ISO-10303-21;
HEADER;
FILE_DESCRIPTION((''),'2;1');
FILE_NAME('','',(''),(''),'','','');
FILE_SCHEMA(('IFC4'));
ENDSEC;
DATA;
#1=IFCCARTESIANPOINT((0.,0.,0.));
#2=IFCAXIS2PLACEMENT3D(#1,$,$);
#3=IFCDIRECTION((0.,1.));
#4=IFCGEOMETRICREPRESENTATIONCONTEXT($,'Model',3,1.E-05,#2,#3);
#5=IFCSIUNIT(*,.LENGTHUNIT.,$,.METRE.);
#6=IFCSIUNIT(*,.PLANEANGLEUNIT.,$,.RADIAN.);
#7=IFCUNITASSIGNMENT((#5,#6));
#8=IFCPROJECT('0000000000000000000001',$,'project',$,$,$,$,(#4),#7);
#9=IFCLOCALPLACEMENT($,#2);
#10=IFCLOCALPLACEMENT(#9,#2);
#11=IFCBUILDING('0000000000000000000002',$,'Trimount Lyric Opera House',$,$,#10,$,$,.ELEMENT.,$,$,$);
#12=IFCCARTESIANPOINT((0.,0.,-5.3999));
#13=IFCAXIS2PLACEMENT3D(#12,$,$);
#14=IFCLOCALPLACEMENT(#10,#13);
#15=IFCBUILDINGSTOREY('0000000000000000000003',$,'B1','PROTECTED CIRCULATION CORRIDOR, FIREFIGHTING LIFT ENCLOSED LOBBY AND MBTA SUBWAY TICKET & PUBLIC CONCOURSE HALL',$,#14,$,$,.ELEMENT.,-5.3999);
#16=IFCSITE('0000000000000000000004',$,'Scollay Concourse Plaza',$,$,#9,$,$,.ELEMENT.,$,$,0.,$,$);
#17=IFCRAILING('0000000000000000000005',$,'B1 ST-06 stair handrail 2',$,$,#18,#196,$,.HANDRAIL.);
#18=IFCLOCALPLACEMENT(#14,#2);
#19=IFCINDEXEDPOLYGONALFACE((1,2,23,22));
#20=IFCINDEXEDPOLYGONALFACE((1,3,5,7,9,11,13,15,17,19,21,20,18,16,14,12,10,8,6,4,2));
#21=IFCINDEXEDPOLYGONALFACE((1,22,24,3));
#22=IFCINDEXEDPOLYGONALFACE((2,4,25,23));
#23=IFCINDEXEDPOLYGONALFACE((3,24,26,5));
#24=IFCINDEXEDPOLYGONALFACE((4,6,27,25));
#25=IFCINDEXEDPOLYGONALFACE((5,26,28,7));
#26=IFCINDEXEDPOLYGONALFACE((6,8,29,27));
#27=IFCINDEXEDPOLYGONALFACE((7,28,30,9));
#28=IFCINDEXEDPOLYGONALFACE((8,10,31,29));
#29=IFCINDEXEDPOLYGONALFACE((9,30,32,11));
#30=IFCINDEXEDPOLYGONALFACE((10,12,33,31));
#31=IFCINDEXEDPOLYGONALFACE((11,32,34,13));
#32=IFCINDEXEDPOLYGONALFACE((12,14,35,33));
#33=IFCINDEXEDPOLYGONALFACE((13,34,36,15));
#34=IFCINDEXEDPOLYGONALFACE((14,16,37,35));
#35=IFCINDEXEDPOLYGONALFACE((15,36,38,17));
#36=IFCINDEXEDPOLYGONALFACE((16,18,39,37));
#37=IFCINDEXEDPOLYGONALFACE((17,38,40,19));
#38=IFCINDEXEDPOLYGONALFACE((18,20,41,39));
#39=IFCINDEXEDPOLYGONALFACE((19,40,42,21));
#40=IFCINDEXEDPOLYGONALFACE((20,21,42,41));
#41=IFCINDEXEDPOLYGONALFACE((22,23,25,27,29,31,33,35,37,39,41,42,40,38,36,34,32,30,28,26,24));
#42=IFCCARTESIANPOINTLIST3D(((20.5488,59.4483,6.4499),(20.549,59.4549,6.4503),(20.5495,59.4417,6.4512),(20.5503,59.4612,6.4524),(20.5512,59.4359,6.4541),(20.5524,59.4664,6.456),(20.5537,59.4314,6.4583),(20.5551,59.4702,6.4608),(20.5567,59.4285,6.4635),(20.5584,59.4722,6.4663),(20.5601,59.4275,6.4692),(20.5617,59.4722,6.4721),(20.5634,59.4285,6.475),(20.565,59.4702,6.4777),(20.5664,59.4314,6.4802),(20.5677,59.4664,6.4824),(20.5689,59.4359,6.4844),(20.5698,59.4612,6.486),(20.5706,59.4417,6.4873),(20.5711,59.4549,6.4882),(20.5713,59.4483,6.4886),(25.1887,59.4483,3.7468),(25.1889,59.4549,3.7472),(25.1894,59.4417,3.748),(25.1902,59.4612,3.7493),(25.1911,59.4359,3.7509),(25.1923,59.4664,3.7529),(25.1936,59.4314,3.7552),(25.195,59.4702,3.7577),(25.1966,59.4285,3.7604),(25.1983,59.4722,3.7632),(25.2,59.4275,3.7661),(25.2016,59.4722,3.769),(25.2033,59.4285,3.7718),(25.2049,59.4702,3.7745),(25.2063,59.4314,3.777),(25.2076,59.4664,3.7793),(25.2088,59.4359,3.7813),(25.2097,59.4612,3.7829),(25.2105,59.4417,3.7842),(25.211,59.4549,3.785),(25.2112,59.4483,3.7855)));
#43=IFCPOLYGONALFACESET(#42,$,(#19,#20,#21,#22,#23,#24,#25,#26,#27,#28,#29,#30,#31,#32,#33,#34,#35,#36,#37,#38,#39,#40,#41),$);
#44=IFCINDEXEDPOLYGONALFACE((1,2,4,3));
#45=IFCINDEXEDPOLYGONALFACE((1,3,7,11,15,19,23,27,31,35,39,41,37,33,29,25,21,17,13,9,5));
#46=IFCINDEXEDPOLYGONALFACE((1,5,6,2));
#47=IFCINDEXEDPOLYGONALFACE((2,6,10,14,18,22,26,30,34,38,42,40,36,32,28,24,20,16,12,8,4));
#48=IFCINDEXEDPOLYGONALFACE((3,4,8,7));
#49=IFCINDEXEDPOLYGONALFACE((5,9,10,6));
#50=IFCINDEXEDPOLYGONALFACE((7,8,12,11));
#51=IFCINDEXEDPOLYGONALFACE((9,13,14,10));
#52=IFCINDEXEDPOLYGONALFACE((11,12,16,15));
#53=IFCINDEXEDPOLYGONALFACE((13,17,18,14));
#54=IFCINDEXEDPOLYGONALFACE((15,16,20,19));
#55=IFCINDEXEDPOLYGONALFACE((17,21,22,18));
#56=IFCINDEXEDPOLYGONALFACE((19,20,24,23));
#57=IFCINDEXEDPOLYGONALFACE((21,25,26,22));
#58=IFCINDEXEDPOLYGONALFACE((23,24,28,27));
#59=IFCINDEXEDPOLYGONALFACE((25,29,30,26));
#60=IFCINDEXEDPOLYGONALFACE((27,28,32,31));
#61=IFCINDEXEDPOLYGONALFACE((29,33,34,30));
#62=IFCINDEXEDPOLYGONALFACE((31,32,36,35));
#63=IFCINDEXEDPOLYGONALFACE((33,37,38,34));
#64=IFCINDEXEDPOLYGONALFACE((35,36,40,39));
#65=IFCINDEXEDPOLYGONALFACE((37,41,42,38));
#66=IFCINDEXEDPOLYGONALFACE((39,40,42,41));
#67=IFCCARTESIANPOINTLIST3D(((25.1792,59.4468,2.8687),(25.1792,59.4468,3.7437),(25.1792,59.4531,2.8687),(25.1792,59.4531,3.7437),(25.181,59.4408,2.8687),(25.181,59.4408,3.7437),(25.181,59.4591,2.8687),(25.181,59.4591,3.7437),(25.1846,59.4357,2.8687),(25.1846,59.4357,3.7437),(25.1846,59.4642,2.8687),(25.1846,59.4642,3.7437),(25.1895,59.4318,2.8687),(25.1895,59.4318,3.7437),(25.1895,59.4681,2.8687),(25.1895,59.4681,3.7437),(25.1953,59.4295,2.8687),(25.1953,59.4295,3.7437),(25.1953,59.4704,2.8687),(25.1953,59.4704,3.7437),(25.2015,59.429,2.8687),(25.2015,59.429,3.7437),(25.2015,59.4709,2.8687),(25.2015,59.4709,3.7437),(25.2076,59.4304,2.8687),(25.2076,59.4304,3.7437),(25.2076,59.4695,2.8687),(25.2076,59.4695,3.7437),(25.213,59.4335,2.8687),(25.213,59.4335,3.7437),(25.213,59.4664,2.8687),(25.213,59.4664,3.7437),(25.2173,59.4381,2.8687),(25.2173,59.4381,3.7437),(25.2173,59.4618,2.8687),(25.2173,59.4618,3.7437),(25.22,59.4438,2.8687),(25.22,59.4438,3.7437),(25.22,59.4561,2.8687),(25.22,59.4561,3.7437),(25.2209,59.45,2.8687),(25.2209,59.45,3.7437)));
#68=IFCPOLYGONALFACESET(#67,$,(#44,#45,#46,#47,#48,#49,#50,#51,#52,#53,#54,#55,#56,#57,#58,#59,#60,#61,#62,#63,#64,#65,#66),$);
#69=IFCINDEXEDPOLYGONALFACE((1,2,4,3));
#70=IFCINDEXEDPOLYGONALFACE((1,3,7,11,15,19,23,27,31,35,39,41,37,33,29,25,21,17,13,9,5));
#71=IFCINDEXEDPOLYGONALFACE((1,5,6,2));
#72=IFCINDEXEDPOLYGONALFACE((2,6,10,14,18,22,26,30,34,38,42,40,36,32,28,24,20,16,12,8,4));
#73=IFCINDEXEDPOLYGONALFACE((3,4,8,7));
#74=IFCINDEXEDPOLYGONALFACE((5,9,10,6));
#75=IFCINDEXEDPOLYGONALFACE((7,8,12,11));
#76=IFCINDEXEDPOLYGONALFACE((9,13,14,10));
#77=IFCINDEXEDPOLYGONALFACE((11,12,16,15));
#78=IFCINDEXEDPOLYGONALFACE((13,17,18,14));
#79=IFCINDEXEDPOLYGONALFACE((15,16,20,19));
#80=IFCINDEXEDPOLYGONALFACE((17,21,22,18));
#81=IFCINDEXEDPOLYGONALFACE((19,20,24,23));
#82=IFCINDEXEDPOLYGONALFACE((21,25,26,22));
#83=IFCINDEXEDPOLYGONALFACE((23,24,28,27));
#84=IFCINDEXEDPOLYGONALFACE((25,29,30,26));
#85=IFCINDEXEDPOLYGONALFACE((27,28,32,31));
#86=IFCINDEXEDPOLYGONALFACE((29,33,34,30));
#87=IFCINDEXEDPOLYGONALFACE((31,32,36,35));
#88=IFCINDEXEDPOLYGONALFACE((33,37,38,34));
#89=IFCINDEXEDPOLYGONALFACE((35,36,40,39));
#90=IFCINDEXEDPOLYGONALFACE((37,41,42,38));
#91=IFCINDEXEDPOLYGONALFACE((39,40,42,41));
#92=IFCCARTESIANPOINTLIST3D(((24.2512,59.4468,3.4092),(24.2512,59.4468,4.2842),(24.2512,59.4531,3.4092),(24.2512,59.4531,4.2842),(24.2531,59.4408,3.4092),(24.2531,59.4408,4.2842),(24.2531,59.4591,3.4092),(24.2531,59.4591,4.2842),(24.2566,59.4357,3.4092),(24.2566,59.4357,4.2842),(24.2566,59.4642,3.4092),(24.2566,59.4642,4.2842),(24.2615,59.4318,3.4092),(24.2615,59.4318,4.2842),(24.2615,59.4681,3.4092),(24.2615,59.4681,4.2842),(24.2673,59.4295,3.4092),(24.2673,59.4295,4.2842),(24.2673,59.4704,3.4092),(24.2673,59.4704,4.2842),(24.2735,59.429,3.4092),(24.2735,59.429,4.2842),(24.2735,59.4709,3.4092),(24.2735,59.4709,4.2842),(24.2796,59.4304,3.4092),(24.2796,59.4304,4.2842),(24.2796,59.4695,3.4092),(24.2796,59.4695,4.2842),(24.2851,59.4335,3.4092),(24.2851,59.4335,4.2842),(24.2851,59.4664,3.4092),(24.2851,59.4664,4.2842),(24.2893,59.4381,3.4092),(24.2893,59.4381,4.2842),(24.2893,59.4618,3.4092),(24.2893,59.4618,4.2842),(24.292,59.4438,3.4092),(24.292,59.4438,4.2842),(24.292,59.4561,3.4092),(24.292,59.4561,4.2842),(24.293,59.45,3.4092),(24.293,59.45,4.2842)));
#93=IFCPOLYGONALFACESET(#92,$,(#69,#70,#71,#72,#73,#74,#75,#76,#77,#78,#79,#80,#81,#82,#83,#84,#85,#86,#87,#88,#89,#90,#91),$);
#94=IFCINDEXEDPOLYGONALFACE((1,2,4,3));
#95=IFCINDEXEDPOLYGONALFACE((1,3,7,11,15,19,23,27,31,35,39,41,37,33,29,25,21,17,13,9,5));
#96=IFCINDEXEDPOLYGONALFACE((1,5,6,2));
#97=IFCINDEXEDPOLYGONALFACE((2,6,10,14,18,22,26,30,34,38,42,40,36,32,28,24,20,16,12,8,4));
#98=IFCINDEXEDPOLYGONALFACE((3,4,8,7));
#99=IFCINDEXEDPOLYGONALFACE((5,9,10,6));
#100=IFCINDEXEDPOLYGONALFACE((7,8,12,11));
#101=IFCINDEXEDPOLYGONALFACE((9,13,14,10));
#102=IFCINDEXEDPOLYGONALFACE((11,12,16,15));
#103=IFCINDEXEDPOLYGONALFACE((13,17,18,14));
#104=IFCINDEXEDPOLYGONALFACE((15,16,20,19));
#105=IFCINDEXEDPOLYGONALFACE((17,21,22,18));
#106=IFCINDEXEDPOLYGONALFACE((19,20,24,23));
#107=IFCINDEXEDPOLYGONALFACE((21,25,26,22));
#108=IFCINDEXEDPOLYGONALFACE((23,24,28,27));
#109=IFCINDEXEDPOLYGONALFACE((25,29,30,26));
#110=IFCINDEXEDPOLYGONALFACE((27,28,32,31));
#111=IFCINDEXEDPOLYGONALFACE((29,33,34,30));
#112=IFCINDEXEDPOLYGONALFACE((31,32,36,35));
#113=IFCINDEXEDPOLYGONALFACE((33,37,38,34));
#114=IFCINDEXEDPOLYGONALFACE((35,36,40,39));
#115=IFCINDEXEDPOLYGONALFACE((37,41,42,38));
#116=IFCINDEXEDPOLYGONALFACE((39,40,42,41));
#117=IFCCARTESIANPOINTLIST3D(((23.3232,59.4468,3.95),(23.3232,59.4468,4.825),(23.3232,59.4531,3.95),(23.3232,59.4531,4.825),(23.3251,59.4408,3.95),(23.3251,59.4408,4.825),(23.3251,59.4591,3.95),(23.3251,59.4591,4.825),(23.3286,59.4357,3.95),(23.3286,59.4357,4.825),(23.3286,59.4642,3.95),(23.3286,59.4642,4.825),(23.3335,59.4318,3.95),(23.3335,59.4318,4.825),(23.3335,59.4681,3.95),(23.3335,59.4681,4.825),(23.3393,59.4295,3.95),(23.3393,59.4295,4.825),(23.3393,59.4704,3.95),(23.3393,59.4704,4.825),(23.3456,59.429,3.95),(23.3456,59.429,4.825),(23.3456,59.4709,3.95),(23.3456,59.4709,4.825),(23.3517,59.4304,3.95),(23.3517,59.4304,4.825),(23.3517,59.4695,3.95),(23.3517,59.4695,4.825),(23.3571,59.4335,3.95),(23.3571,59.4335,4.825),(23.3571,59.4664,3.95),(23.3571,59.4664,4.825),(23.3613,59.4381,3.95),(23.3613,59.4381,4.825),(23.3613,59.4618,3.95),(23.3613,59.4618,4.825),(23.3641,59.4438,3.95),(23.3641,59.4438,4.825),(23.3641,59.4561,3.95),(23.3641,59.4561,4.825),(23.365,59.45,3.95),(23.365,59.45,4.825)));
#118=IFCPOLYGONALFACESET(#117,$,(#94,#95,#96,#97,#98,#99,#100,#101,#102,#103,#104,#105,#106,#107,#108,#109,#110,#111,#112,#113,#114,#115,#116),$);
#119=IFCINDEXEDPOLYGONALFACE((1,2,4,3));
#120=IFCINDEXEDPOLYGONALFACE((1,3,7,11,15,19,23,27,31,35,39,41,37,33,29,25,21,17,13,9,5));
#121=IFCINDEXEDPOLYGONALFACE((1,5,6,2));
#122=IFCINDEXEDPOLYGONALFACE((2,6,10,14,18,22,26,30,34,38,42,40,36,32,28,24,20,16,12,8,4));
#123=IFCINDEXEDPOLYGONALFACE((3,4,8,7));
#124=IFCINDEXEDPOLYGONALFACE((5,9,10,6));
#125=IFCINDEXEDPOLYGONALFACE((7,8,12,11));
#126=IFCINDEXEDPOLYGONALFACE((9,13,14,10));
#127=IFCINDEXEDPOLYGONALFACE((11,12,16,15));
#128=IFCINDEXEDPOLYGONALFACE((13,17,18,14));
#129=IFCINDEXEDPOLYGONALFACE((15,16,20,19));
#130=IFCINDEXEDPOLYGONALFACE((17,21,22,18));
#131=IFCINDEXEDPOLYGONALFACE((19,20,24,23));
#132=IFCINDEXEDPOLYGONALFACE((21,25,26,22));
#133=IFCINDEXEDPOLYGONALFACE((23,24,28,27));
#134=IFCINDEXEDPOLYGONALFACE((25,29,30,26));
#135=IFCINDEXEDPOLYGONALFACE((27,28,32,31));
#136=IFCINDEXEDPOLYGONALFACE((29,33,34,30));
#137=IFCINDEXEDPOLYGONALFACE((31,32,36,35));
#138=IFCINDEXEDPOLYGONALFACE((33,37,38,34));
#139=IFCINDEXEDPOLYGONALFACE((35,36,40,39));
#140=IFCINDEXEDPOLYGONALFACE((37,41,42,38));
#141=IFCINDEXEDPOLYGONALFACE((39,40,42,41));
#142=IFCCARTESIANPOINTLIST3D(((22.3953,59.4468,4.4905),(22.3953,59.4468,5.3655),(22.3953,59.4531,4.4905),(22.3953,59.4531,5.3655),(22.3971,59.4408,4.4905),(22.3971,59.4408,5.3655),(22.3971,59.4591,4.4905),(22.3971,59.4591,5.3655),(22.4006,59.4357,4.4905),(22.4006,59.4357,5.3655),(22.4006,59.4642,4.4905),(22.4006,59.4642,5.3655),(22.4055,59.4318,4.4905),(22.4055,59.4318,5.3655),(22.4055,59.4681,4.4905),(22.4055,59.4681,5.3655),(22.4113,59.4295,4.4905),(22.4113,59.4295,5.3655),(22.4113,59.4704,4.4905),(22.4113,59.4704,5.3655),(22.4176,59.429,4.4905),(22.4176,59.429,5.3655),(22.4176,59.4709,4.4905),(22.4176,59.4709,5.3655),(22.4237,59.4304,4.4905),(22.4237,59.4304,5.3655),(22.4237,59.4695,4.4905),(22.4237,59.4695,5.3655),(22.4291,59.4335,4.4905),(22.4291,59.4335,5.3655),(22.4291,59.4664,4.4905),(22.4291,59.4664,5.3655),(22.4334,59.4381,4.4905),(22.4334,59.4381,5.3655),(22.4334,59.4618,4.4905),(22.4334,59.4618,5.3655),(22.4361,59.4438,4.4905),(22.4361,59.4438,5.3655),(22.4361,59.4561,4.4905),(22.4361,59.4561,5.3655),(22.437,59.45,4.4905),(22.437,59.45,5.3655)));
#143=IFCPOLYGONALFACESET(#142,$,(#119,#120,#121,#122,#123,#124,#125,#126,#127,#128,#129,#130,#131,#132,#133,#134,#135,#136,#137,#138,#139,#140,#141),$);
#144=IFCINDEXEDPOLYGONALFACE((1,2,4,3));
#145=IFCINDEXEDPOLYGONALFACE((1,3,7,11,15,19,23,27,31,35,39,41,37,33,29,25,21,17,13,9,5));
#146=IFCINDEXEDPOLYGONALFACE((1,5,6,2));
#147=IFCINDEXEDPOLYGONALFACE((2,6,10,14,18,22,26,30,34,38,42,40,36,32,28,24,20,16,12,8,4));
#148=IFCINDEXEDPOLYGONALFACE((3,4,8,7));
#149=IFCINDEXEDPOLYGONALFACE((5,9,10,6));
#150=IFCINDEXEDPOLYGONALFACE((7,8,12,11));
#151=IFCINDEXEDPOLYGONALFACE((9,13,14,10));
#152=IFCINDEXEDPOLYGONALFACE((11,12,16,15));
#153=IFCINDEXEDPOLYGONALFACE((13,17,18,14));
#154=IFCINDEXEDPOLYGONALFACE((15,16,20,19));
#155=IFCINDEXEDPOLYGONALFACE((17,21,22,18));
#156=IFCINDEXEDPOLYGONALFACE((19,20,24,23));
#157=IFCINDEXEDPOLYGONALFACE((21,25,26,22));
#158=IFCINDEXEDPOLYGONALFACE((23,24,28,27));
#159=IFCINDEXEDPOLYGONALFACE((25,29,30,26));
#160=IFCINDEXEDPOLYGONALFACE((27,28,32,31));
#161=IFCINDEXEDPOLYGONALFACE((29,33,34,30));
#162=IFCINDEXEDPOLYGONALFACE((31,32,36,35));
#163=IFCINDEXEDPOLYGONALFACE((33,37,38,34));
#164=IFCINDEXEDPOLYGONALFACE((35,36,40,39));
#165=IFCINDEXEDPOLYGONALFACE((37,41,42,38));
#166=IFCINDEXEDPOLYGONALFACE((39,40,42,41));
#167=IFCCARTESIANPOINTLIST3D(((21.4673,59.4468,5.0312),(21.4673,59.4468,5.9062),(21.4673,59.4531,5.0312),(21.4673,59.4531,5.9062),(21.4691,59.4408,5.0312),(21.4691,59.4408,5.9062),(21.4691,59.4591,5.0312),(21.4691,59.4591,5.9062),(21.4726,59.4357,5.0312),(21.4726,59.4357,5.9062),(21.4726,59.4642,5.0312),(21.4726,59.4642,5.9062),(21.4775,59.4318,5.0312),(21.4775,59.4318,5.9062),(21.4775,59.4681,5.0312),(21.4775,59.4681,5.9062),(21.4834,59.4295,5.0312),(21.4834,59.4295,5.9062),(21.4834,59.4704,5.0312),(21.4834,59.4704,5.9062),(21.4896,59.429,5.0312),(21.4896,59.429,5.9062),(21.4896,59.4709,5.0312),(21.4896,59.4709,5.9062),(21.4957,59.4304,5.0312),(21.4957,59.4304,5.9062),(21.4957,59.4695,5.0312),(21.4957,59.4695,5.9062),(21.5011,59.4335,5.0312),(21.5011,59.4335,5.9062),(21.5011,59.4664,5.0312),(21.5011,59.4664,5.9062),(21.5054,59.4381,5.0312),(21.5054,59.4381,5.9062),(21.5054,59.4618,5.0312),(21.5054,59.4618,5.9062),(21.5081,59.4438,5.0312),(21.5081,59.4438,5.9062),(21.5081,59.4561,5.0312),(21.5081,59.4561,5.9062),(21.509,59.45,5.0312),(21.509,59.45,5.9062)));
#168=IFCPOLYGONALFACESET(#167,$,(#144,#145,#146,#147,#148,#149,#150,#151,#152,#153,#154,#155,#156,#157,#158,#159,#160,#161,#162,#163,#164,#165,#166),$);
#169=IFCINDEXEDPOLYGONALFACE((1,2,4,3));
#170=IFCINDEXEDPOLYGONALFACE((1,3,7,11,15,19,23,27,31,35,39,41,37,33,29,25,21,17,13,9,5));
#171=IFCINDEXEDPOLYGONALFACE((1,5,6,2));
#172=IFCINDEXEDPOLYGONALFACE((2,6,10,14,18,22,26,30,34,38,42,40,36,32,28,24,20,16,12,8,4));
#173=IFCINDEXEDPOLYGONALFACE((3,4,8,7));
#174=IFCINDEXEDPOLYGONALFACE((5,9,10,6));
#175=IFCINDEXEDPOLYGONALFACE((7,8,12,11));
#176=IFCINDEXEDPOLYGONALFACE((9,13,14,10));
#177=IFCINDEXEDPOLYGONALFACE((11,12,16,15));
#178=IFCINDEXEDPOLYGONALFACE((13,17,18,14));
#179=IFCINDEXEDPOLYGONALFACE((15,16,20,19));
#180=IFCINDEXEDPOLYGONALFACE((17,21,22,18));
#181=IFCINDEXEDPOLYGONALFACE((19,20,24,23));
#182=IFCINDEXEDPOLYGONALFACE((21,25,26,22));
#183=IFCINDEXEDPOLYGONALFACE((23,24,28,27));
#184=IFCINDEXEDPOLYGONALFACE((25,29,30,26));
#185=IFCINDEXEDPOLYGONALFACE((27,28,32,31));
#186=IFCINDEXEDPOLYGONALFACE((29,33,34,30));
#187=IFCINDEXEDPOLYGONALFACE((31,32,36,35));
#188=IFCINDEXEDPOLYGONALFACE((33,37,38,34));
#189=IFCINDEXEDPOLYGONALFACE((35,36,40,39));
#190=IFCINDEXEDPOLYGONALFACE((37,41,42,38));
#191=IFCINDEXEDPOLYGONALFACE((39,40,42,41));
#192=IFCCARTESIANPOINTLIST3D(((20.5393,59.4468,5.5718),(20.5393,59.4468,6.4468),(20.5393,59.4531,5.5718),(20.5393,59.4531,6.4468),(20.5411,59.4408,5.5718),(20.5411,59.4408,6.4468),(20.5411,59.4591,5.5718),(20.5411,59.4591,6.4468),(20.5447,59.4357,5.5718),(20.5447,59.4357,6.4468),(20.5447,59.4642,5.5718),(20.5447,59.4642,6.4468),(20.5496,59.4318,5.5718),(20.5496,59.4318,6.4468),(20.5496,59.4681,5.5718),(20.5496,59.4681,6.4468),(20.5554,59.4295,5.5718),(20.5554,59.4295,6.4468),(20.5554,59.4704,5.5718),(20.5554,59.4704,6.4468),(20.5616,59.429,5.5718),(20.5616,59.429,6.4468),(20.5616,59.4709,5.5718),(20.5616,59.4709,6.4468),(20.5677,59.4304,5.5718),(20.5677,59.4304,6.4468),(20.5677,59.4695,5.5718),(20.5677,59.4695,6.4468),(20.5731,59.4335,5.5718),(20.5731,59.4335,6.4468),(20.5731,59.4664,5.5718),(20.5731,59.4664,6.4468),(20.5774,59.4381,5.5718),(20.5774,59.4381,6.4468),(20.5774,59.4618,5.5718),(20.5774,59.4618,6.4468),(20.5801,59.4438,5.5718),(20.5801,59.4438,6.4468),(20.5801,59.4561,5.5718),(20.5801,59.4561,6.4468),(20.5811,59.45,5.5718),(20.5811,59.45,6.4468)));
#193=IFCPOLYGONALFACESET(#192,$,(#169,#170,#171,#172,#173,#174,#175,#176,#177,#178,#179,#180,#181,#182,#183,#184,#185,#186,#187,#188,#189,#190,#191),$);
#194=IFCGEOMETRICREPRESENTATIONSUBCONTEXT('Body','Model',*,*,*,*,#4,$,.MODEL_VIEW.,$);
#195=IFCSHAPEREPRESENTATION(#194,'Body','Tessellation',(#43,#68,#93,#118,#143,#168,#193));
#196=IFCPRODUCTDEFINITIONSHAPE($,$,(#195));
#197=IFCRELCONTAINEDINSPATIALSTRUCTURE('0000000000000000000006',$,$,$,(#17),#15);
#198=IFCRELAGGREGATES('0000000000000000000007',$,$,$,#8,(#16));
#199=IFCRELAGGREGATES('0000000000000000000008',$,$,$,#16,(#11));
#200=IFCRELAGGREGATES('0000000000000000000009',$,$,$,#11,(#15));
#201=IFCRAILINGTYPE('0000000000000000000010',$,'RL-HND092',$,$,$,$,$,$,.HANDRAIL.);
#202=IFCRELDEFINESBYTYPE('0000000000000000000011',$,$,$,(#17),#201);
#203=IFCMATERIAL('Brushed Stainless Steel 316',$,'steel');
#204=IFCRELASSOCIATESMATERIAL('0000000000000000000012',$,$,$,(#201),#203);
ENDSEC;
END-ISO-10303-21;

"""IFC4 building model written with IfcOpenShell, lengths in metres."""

from ifc_helpers import new_model, si_unit, direction, frame, origin, origin_2d, place, context, subcontext, project, spatial, circle, extrude, material, type_object, element, save


model = new_model("IFC4")

# Units and contexts
model_context = context("Model", 3, precision=1e-05, world=origin(), true_north=direction((0.0, 1.0)))
body_context = subcontext(model_context, "Body", "Model", "MODEL_VIEW")
ifc_project = project(units=[si_unit("LENGTHUNIT", "METRE"), si_unit("PLANEANGLEUNIT", "RADIAN")], contexts=[model_context])

# Site, building, storey
site_placement = place(None, origin())
site = spatial("IfcSite", under=ifc_project, at=site_placement, Name="Scollay Concourse Plaza", CompositionType="ELEMENT", RefElevation=0.0)
building_placement = place(site_placement, origin())
building = spatial("IfcBuilding", under=site, at=building_placement, Name="Trimount Lyric Opera House", CompositionType="ELEMENT")
storey_placement = place(building_placement, frame((0.0, 0.0, -5.3999)))
storey = spatial("IfcBuildingStorey", under=building, at=storey_placement, Name="B1", Description="PROTECTED CIRCULATION CORRIDOR, FIREFIGHTING LIFT ENCLOSED LOBBY AND MBTA SUBWAY TICKET & PUBLIC CONCOURSE HALL", CompositionType="ELEMENT", Elevation=-5.3999)

# Railing
ifc_material_1 = material(Name="Brushed Stainless Steel 316", Category="steel")
railing_type_1 = type_object("IfcRailingType", Name="RL-HND092", PredefinedType="HANDRAIL", material=ifc_material_1)
railing_1_placement = place(storey_placement, frame((25.2, 59.45, 2.8687)))
element("IfcRailing", 1, at=railing_1_placement, inside=storey, type_object=railing_type_1, Name="B1 ST-06 stair handrail 2", PredefinedType="HANDRAIL", context=body_context, shape_type="SweptSolid", body=[
    extrude(circle(Radius=0.0225, at=origin_2d()), frame((0.0, 0.0, 0.8975), z_axis=(-0.864061, 0.0, 0.503388), x_axis=(0.0, -1.0, 0.0)), (0.0, 0.0, 1.0), 5.3699),
    extrude(circle(Radius=0.021, at=origin_2d()), origin(), (0.0, 0.0, 1.0), 0.875),
    extrude(circle(Radius=0.021, at=origin_2d()), frame((-0.928, 0.0, 0.5405)), (0.0, 0.0, 1.0), 0.875),
    extrude(circle(Radius=0.021, at=origin_2d()), frame((-1.856, 0.0, 1.0813)), (0.0, 0.0, 1.0), 0.875),
    extrude(circle(Radius=0.021, at=origin_2d()), frame((-2.7839, 0.0, 1.6218)), (0.0, 0.0, 1.0), 0.875),
    extrude(circle(Radius=0.021, at=origin_2d()), frame((-3.7119, 0.0, 2.1626)), (0.0, 0.0, 1.0), 0.875),
    extrude(circle(Radius=0.021, at=origin_2d()), frame((-4.6399, 0.0, 2.7031)), (0.0, 0.0, 1.0), 0.875),
])

save(model, "model.ifc")
